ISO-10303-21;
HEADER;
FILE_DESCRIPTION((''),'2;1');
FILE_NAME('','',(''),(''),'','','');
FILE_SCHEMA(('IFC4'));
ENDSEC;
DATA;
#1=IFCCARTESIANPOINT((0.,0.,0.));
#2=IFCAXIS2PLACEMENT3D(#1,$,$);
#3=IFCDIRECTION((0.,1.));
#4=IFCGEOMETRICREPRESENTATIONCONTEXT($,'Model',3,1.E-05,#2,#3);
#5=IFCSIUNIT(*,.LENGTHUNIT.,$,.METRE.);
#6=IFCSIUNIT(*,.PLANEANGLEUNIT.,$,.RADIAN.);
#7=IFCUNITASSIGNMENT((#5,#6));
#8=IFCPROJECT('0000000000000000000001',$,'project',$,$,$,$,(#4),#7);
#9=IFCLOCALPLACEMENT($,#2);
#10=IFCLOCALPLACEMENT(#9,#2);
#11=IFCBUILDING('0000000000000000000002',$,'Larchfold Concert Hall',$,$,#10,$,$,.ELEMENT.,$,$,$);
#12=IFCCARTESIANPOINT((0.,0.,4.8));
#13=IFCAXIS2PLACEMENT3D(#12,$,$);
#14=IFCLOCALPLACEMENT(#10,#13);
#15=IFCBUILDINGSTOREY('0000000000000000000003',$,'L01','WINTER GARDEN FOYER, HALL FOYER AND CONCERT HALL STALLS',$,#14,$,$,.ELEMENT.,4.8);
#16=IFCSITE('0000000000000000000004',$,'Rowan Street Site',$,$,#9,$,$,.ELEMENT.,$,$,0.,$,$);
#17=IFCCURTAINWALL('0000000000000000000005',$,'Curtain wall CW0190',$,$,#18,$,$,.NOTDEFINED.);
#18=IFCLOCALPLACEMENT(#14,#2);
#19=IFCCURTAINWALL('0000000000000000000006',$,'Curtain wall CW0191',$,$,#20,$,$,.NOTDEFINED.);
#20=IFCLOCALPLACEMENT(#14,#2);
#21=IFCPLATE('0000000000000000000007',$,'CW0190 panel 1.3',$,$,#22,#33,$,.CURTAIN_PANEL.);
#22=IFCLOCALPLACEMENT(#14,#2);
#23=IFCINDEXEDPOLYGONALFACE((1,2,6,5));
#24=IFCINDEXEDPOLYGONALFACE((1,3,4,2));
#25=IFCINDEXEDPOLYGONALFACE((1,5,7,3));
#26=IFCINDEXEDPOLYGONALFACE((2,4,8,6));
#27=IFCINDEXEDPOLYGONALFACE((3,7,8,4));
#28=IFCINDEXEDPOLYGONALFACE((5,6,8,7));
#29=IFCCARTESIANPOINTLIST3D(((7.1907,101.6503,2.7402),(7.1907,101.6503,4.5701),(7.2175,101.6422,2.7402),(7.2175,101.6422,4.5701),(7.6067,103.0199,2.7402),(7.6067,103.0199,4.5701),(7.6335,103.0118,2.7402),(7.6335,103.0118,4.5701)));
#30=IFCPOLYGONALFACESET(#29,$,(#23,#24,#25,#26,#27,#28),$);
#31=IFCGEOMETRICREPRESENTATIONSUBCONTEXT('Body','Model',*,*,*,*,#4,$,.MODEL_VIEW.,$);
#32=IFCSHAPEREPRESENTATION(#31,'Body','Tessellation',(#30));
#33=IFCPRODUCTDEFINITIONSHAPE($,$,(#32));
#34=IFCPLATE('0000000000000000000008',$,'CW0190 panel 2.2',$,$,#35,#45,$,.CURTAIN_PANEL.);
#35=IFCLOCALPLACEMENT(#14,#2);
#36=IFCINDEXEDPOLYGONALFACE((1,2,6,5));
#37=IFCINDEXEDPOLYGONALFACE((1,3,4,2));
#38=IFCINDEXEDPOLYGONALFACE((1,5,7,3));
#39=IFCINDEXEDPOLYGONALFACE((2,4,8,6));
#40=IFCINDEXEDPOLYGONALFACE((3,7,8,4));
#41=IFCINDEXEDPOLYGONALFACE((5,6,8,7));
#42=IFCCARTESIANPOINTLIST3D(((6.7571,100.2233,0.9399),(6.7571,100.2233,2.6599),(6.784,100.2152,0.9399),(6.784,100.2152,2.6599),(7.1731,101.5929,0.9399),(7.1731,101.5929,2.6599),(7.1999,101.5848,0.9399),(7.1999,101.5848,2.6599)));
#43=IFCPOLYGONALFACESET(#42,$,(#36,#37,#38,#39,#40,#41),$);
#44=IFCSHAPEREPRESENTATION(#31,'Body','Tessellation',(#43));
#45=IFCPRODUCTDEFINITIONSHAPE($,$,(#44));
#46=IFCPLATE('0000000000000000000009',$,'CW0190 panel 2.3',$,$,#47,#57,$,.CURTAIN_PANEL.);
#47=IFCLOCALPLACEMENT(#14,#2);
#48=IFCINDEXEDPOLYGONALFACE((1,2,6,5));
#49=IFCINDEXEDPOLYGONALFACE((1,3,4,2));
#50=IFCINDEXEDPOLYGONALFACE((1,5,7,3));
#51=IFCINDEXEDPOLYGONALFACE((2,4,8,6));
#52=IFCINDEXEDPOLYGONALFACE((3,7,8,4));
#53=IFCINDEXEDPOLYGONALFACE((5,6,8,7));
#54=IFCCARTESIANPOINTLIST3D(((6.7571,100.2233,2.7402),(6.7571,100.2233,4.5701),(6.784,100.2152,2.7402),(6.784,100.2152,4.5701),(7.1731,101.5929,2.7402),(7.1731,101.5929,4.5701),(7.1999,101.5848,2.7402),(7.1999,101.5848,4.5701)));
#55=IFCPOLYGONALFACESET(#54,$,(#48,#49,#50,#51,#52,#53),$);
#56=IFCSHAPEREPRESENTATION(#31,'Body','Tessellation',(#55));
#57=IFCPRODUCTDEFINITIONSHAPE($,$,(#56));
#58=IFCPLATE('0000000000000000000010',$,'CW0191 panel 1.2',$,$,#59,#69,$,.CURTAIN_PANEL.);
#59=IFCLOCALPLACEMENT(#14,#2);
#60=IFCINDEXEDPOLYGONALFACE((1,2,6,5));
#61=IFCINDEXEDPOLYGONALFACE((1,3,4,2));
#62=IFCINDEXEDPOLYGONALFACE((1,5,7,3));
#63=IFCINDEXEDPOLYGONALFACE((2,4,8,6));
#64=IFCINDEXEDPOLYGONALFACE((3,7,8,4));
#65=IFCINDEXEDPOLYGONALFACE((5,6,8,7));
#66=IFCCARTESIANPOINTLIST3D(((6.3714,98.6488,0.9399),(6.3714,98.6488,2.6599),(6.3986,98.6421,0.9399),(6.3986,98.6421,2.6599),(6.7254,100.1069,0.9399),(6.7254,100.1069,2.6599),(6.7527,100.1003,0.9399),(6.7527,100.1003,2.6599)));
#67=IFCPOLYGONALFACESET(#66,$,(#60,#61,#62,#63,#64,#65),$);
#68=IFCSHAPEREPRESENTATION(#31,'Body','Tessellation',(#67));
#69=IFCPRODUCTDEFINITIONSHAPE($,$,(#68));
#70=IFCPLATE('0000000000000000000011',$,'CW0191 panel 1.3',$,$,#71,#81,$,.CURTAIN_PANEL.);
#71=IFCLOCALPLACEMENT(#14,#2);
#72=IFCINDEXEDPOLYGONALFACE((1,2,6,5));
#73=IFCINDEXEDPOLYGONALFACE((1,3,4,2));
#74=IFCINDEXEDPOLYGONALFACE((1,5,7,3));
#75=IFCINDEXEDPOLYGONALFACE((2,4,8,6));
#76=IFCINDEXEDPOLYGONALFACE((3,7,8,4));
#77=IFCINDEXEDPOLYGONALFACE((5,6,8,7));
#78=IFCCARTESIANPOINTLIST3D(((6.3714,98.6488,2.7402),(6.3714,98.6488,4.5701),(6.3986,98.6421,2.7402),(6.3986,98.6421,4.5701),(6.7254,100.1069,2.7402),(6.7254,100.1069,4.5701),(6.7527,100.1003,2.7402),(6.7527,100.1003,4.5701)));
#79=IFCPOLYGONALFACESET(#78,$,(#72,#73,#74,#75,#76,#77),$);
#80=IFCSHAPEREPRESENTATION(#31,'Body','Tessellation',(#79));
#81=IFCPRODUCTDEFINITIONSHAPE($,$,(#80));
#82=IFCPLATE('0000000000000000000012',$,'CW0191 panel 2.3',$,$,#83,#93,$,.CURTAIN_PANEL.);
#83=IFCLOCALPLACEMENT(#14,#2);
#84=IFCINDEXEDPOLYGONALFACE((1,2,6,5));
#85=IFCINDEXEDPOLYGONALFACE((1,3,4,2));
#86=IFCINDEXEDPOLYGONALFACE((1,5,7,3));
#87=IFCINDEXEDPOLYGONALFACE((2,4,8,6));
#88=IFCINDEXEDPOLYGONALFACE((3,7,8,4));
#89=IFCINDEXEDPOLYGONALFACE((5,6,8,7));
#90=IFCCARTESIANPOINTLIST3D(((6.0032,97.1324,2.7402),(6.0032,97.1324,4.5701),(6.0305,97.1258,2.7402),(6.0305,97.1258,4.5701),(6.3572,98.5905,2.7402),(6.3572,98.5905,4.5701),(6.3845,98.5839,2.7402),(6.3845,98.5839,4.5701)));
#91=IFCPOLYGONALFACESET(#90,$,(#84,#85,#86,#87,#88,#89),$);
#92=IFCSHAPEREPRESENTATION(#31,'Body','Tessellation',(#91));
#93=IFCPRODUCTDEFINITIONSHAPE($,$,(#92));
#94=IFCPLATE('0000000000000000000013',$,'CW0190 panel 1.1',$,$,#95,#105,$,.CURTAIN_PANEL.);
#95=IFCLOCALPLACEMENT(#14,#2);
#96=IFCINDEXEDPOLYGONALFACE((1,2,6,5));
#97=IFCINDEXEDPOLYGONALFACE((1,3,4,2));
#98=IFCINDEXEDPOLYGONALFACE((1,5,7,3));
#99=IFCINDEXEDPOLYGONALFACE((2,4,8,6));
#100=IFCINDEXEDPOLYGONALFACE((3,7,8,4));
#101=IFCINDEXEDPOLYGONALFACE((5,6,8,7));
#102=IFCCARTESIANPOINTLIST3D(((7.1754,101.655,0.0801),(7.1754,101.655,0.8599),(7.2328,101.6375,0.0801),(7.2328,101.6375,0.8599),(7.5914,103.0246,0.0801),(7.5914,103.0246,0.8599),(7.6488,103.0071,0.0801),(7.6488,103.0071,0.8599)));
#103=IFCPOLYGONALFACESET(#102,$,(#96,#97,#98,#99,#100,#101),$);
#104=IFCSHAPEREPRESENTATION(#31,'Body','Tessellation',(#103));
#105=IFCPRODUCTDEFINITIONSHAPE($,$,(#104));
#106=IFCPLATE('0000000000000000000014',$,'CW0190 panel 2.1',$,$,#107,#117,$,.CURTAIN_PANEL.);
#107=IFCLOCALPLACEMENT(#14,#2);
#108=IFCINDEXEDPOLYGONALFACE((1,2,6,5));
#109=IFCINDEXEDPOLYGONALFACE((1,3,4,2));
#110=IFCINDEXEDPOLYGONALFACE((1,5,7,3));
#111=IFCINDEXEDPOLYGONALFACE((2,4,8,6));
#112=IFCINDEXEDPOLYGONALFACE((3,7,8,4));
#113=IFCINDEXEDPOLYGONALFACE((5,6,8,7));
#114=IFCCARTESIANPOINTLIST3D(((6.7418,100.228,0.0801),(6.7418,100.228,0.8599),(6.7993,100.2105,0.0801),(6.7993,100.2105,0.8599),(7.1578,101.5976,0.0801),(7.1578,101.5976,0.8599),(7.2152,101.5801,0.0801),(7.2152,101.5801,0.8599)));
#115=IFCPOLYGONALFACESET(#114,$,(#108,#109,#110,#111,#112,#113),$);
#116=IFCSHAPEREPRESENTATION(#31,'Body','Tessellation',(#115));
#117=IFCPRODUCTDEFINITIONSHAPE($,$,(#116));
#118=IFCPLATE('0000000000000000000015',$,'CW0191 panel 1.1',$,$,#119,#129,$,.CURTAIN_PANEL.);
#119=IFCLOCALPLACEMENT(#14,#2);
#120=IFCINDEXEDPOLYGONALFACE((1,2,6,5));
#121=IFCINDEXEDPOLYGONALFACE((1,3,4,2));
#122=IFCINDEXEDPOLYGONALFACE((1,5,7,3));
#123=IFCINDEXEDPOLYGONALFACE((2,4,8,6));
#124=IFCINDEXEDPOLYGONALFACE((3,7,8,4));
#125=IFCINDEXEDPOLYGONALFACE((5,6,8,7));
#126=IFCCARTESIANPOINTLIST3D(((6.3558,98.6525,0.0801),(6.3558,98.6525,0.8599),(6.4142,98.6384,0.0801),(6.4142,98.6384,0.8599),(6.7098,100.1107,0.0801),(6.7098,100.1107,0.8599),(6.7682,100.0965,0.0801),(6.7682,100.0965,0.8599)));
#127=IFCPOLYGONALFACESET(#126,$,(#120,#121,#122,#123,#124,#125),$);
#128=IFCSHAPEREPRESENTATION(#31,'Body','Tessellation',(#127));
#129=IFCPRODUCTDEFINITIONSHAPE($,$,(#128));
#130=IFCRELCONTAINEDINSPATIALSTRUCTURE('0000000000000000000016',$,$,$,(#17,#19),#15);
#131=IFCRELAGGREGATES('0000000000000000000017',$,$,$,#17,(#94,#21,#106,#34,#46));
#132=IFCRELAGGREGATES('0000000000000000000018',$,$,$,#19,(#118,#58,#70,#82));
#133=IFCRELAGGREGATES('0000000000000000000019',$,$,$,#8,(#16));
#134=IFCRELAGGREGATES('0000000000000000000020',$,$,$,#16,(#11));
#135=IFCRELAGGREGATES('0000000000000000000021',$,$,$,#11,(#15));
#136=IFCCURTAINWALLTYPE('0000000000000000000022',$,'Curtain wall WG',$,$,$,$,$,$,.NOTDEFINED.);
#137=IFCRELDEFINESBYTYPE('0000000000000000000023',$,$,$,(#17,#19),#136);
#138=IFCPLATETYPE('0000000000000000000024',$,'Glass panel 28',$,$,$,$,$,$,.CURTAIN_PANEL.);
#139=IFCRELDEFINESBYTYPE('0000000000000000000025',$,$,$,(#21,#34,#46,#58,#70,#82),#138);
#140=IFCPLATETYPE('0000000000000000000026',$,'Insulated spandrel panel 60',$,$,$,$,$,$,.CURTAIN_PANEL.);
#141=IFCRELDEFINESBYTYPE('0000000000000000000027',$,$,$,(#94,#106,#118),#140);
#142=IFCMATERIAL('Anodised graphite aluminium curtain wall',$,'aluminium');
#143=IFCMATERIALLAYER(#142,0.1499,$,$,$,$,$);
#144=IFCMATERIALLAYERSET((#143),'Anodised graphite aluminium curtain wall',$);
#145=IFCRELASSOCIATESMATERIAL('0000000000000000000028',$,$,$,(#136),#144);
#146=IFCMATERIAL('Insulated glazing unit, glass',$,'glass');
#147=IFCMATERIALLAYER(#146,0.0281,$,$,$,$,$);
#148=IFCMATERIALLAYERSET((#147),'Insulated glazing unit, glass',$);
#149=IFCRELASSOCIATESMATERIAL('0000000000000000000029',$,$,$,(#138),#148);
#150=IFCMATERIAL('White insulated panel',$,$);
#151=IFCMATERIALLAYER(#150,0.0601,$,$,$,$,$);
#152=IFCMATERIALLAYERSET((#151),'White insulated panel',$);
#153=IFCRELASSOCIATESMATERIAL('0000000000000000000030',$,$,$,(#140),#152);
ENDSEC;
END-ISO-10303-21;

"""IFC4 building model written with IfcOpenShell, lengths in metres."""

from ifc_helpers import new_model, si_unit, direction, frame, origin, origin_2d, place, context, subcontext, project, spatial, rectangle, extrude, material, layer, layer_set, type_object, element, aggregate, save


model = new_model("IFC4")

# Units and contexts
model_context = context("Model", 3, precision=1e-05, world=origin(), true_north=direction((0.0, 1.0)))
body_context = subcontext(model_context, "Body", "Model", "MODEL_VIEW")
ifc_project = project(units=[si_unit("LENGTHUNIT", "METRE"), si_unit("PLANEANGLEUNIT", "RADIAN")], contexts=[model_context])

# Site, building, storey
site_placement = place(None, origin())
site = spatial("IfcSite", under=ifc_project, at=site_placement, Name="Rowan Street Site", CompositionType="ELEMENT", RefElevation=0.0)
building_placement = place(site_placement, origin())
building = spatial("IfcBuilding", under=site, at=building_placement, Name="Larchfold Concert Hall", CompositionType="ELEMENT")
storey_placement = place(building_placement, frame((0.0, 0.0, 4.8)))
storey = spatial("IfcBuildingStorey", under=building, at=storey_placement, Name="L01", Description="WINTER GARDEN FOYER, HALL FOYER AND CONCERT HALL STALLS", CompositionType="ELEMENT", Elevation=4.8)

# Shared definitions
ifc_material_1 = material(Name="Anodised graphite aluminium curtain wall", Category="aluminium")
ifc_layer_1 = layer(ifc_material_1, 0.1499)
ifc_layer_set_1 = layer_set([ifc_layer_1], Name="Anodised graphite aluminium curtain wall")
curtain_wall_type = type_object("IfcCurtainWallType", Name="Curtain wall WG", PredefinedType="NOTDEFINED", material=ifc_layer_set_1)

# Curtain walls
curtain_wall_1_placement = place(storey_placement, origin())
curtain_wall_1 = element("IfcCurtainWall", 1, at=curtain_wall_1_placement, inside=storey, type_object=curtain_wall_type, Name="Curtain wall CW0190", PredefinedType="NOTDEFINED")
curtain_wall_2_placement = place(storey_placement, origin())
curtain_wall_2 = element("IfcCurtainWall", 2, at=curtain_wall_2_placement, inside=storey, type_object=curtain_wall_type, Name="Curtain wall CW0191", PredefinedType="NOTDEFINED")

# Plates
ifc_material_2 = material(Name="Insulated glazing unit, glass", Category="glass")
ifc_layer_2 = layer(ifc_material_2, 0.0281)
ifc_layer_set_2 = layer_set([ifc_layer_2], Name="Insulated glazing unit, glass")
plate_type_1 = type_object("IfcPlateType", Name="Glass panel 28", PredefinedType="CURTAIN_PANEL", material=ifc_layer_set_2)
plate_1_placement = place(storey_placement, frame((7.4121, 102.3311, 2.7402), z_axis=(0.0, 0.0, 1.0), x_axis=(-0.290622, -0.956838, 0.0)))
plate_1 = element("IfcPlate", 3, at=plate_1_placement, type_object=plate_type_1, Name="CW0190 panel 1.3", PredefinedType="CURTAIN_PANEL", context=body_context, shape_type="SweptSolid", body=[
    extrude(rectangle(XDim=1.4314, YDim=0.0281, at=origin_2d()), origin(), (0.0, 0.0, 1.0), 1.8298),
])
plate_2_placement = place(storey_placement, frame((6.9785, 100.9041, 0.9399), z_axis=(0.0, 0.0, 1.0), x_axis=(-0.290622, -0.956838, 0.0)))
plate_2 = element("IfcPlate", 4, at=plate_2_placement, type_object=plate_type_1, Name="CW0190 panel 2.2", PredefinedType="CURTAIN_PANEL", context=body_context, shape_type="SweptSolid", body=[
    extrude(rectangle(XDim=1.4314, YDim=0.0281, at=origin_2d()), origin(), (0.0, 0.0, 1.0), 1.72),
])
plate_3_placement = place(storey_placement, frame((6.9785, 100.9041, 2.7402), z_axis=(0.0, 0.0, 1.0), x_axis=(-0.290622, -0.956838, 0.0)))
plate_3 = element("IfcPlate", 5, at=plate_3_placement, type_object=plate_type_1, Name="CW0190 panel 2.3", PredefinedType="CURTAIN_PANEL", context=body_context, shape_type="SweptSolid", body=[
    extrude(rectangle(XDim=1.4314, YDim=0.0281, at=origin_2d()), origin(), (0.0, 0.0, 1.0), 1.8298),
])
plate_4_placement = place(storey_placement, frame((6.562, 99.3745, 0.9399), z_axis=(0.0, 0.0, 1.0), x_axis=(-0.235938, -0.971768, 0.0)))
plate_4 = element("IfcPlate", 6, at=plate_4_placement, type_object=plate_type_1, Name="CW0191 panel 1.2", PredefinedType="CURTAIN_PANEL", context=body_context, shape_type="SweptSolid", body=[
    extrude(rectangle(XDim=1.5005, YDim=0.0281, at=origin_2d()), origin(), (0.0, 0.0, 1.0), 1.72),
])
plate_5_placement = place(storey_placement, frame((6.562, 99.3745, 2.7402), z_axis=(0.0, 0.0, 1.0), x_axis=(-0.235938, -0.971768, 0.0)))
plate_5 = element("IfcPlate", 7, at=plate_5_placement, type_object=plate_type_1, Name="CW0191 panel 1.3", PredefinedType="CURTAIN_PANEL", context=body_context, shape_type="SweptSolid", body=[
    extrude(rectangle(XDim=1.5005, YDim=0.0281, at=origin_2d()), origin(), (0.0, 0.0, 1.0), 1.8298),
])
plate_6_placement = place(storey_placement, frame((6.1938, 97.8582, 2.7402), z_axis=(0.0, 0.0, 1.0), x_axis=(-0.235938, -0.971768, 0.0)))
plate_6 = element("IfcPlate", 8, at=plate_6_placement, type_object=plate_type_1, Name="CW0191 panel 2.3", PredefinedType="CURTAIN_PANEL", context=body_context, shape_type="SweptSolid", body=[
    extrude(rectangle(XDim=1.5005, YDim=0.0281, at=origin_2d()), origin(), (0.0, 0.0, 1.0), 1.8298),
])
ifc_material_3 = material(Name="White insulated panel")
ifc_layer_3 = layer(ifc_material_3, 0.0601)
ifc_layer_set_3 = layer_set([ifc_layer_3], Name="White insulated panel")
plate_type_2 = type_object("IfcPlateType", Name="Insulated spandrel panel 60", PredefinedType="CURTAIN_PANEL", material=ifc_layer_set_3)
plate_7_placement = place(storey_placement, frame((7.4121, 102.3311, 0.0801), z_axis=(0.0, 0.0, 1.0), x_axis=(-0.290622, -0.956838, 0.0)))
plate_7 = element("IfcPlate", 9, at=plate_7_placement, type_object=plate_type_2, Name="CW0190 panel 1.1", PredefinedType="CURTAIN_PANEL", context=body_context, shape_type="SweptSolid", body=[
    extrude(rectangle(XDim=1.4314, YDim=0.0601, at=origin_2d()), origin(), (0.0, 0.0, 1.0), 0.7798),
])
plate_8_placement = place(storey_placement, frame((6.9785, 100.9041, 0.0801), z_axis=(0.0, 0.0, 1.0), x_axis=(-0.290622, -0.956838, 0.0)))
plate_8 = element("IfcPlate", 10, at=plate_8_placement, type_object=plate_type_2, Name="CW0190 panel 2.1", PredefinedType="CURTAIN_PANEL", context=body_context, shape_type="SweptSolid", body=[
    extrude(rectangle(XDim=1.4314, YDim=0.0601, at=origin_2d()), origin(), (0.0, 0.0, 1.0), 0.7798),
])
aggregate(curtain_wall_1, [plate_7, plate_1, plate_8, plate_2, plate_3])
plate_9_placement = place(storey_placement, frame((6.562, 99.3745, 0.0801), z_axis=(0.0, 0.0, 1.0), x_axis=(-0.235938, -0.971768, 0.0)))
plate_9 = element("IfcPlate", 11, at=plate_9_placement, type_object=plate_type_2, Name="CW0191 panel 1.1", PredefinedType="CURTAIN_PANEL", context=body_context, shape_type="SweptSolid", body=[
    extrude(rectangle(XDim=1.5005, YDim=0.0601, at=origin_2d()), origin(), (0.0, 0.0, 1.0), 0.7798),
])
aggregate(curtain_wall_2, [plate_9, plate_4, plate_5, plate_6])

save(model, "model.ifc")
